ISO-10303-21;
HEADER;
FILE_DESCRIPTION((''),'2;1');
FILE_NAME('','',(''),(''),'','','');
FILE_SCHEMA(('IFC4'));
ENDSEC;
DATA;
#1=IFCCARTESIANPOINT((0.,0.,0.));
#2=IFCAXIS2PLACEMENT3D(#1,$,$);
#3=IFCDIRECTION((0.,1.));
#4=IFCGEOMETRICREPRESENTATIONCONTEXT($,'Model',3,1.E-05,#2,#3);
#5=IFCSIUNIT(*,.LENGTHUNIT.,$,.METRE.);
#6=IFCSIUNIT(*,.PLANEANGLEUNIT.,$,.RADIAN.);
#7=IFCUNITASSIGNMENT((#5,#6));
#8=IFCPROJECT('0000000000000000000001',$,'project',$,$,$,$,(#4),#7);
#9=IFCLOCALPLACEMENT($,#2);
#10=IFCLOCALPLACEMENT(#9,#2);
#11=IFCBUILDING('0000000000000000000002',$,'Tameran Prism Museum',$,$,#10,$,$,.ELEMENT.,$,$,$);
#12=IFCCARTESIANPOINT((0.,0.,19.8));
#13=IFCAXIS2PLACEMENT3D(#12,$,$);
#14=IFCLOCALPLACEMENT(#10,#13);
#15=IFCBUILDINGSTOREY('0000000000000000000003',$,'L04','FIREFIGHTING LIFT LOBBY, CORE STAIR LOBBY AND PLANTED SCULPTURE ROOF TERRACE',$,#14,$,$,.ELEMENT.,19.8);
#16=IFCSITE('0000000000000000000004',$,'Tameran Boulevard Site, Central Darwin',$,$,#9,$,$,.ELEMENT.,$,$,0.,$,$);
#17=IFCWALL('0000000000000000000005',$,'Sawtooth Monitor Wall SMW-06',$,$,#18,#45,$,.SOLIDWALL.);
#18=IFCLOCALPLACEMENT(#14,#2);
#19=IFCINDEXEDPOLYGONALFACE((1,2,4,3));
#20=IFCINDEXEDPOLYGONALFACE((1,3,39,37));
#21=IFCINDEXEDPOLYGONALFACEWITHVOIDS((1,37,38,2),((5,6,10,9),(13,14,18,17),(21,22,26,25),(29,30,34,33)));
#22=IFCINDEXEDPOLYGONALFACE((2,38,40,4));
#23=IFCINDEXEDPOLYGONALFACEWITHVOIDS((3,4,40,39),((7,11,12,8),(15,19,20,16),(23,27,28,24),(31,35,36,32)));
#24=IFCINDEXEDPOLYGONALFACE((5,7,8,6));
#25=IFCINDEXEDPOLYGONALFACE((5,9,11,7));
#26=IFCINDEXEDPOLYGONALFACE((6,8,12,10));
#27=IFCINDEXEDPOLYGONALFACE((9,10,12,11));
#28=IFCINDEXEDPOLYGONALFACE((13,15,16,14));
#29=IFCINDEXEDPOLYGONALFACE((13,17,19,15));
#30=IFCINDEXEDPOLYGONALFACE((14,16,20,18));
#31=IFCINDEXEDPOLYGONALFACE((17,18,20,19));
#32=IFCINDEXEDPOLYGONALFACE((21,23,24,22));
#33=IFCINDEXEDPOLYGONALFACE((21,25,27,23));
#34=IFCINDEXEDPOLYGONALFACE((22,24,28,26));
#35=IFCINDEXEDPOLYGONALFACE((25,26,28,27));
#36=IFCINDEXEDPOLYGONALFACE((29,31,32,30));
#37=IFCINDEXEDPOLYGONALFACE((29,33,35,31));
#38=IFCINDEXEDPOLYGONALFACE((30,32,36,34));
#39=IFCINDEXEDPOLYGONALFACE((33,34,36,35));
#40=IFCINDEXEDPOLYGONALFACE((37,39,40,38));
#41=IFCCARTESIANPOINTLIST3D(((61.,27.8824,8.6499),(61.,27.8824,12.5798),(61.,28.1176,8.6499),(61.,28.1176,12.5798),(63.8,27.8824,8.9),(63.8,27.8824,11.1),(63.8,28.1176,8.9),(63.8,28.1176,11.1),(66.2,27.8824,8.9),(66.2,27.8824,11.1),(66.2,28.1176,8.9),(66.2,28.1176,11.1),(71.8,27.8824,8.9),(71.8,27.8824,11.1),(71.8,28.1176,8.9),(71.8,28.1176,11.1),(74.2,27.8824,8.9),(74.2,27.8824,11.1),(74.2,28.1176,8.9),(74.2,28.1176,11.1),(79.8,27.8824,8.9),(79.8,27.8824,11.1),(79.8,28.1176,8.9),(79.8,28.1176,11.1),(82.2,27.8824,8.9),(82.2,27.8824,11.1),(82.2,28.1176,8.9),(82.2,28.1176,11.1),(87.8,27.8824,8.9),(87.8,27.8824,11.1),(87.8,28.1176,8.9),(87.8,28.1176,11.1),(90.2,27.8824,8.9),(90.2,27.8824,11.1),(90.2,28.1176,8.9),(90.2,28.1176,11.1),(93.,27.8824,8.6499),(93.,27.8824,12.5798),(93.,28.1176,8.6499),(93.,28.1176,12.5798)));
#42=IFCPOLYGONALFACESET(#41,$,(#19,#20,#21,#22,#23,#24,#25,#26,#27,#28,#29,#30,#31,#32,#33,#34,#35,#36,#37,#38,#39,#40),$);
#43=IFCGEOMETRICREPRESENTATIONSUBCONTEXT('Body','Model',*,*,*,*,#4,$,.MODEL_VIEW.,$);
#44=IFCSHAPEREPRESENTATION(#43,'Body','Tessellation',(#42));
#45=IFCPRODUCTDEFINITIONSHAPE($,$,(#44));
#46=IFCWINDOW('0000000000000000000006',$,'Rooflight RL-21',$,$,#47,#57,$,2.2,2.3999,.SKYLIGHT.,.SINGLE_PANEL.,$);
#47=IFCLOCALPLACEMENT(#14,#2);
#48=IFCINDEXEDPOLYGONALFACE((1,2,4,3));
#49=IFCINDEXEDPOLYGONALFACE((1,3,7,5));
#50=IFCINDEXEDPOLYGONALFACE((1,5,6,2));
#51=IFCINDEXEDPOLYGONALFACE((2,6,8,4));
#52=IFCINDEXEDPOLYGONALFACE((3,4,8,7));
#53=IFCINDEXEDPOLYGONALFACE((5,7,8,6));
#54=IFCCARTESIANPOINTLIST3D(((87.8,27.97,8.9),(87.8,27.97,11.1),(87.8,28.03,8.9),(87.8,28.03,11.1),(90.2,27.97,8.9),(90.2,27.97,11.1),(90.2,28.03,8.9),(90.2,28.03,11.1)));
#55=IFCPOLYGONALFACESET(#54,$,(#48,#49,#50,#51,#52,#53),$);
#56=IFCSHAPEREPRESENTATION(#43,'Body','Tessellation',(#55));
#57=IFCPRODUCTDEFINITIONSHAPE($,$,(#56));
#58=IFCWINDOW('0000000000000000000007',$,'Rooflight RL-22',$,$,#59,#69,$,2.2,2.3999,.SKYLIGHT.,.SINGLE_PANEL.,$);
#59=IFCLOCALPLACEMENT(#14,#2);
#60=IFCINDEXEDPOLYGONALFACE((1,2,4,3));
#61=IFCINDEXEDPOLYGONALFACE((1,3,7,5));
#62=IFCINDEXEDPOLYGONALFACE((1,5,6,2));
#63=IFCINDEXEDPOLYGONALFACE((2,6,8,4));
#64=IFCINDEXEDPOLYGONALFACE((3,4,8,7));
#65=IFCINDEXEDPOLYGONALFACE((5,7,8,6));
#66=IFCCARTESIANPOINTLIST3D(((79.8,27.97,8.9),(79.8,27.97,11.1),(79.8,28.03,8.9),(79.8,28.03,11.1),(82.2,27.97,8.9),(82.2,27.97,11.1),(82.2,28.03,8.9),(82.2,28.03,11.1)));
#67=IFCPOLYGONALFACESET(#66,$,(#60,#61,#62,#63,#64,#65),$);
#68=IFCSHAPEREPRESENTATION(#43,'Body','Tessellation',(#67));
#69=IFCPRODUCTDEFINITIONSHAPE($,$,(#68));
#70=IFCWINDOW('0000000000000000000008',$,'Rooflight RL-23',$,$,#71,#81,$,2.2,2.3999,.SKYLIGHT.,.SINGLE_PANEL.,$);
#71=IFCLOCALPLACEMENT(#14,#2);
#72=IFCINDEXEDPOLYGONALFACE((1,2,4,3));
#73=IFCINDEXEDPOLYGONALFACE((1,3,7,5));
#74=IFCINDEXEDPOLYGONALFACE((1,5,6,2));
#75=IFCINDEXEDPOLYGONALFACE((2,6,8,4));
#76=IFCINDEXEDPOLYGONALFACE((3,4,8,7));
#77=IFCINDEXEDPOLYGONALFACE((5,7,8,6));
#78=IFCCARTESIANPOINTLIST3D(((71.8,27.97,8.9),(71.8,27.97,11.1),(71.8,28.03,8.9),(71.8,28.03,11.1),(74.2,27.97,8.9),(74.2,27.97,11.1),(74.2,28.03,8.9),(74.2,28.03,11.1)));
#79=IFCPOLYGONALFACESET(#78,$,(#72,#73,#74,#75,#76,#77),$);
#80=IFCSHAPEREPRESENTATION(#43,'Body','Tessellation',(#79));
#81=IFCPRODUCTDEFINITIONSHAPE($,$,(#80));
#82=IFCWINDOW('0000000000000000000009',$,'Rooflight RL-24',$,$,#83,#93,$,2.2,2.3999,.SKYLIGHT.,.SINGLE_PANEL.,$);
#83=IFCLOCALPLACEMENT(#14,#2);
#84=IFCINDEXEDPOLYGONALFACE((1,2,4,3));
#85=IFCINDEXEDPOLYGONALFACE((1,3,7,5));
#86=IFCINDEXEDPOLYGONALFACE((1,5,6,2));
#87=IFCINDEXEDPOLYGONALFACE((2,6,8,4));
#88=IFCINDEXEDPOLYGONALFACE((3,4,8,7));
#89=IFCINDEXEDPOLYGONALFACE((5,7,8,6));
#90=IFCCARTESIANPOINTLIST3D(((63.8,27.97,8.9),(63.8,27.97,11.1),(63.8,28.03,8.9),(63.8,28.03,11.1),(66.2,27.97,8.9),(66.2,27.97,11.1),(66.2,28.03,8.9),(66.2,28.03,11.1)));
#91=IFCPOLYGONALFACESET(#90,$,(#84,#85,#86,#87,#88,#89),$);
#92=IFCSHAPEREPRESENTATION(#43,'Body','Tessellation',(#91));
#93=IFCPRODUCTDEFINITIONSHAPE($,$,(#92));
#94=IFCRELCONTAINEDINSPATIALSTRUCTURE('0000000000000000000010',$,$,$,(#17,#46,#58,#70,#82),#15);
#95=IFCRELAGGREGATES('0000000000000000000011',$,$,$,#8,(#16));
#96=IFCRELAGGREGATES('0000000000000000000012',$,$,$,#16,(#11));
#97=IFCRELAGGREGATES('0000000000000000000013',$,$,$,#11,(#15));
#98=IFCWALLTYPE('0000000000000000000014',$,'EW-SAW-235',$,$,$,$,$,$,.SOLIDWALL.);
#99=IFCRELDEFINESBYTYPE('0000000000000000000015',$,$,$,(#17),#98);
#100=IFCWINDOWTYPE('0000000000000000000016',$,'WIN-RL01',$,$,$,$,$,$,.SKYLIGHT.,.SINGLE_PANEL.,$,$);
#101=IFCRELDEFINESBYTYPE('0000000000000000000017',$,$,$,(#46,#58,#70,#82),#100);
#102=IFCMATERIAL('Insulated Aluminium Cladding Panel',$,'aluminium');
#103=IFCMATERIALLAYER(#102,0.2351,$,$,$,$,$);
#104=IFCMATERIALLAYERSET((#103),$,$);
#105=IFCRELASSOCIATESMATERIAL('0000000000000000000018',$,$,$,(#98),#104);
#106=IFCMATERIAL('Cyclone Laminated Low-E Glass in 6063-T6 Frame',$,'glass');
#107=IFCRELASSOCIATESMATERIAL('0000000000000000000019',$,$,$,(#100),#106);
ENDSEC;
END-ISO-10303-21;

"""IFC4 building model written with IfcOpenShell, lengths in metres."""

from ifc_helpers import new_model, si_unit, direction, frame, frame_2d, origin, place, context, subcontext, project, spatial, rectangle, extrude, material, layer, layer_set, type_object, element, fill, save


model = new_model("IFC4")

# Units and contexts
model_context = context("Model", 3, precision=1e-05, world=origin(), true_north=direction((0.0, 1.0)))
body_context = subcontext(model_context, "Body", "Model", "MODEL_VIEW")
ifc_project = project(units=[si_unit("LENGTHUNIT", "METRE"), si_unit("PLANEANGLEUNIT", "RADIAN")], contexts=[model_context])

# Site, building, storey
site_placement = place(None, origin())
site = spatial("IfcSite", under=ifc_project, at=site_placement, Name="Tameran Boulevard Site, Central Darwin", CompositionType="ELEMENT", RefElevation=0.0)
building_placement = place(site_placement, origin())
building = spatial("IfcBuilding", under=site, at=building_placement, Name="Tameran Prism Museum", CompositionType="ELEMENT")
storey_placement = place(building_placement, frame((0.0, 0.0, 19.8)))
storey = spatial("IfcBuildingStorey", under=building, at=storey_placement, Name="L04", Description="FIREFIGHTING LIFT LOBBY, CORE STAIR LOBBY AND PLANTED SCULPTURE ROOF TERRACE", CompositionType="ELEMENT", Elevation=19.8)

# Wall, openings, windows
ifc_material_1 = material(Name="Insulated Aluminium Cladding Panel", Category="aluminium")
ifc_layer_1 = layer(ifc_material_1, 0.2351)
ifc_layer_set_1 = layer_set([ifc_layer_1])
wall_type = type_object("IfcWallType", Name="EW-SAW-235", PredefinedType="SOLIDWALL", material=ifc_layer_set_1)
wall_1_placement = place(storey_placement, frame((93.0, 28.0, 8.6499), z_axis=(0.0, 0.0, 1.0), x_axis=(-1.0, 0.0, 0.0)))
wall_1 = element("IfcWall", 1, at=wall_1_placement, inside=storey, type_object=wall_type, Name="Sawtooth Monitor Wall SMW-06", PredefinedType="SOLIDWALL", context=body_context, shape_type="SweptSolid", body=[
    extrude(rectangle(XDim=32.0, YDim=0.2351, at=frame_2d((16.0, 0.0))), origin(), (0.0, 0.0, 1.0), 3.9299),
])
opening_1_placement = place(wall_1_placement, frame((2.8, 0.0, 0.25)))
opening_1 = element("IfcOpeningElement", 2, at=opening_1_placement, cuts=wall_1, PredefinedType="OPENING", context=body_context, shape_type="SweptSolid", body=[
    extrude(rectangle(XDim=2.3999, YDim=2.2, at=frame_2d((1.2, 1.1001))), frame((0.0, 0.1274, 0.0), z_axis=(0.0, -1.0, 0.0), x_axis=(1.0, 0.0, 0.0)), (0.0, 0.0, 1.0), 0.2551),
])
opening_2_placement = place(wall_1_placement, frame((10.8, 0.0, 0.25)))
opening_2 = element("IfcOpeningElement", 3, at=opening_2_placement, cuts=wall_1, PredefinedType="OPENING", context=body_context, shape_type="SweptSolid", body=[
    extrude(rectangle(XDim=2.3999, YDim=2.2, at=frame_2d((1.2, 1.1001))), frame((0.0, 0.1274, 0.0), z_axis=(0.0, -1.0, 0.0), x_axis=(1.0, 0.0, 0.0)), (0.0, 0.0, 1.0), 0.2551),
])
opening_3_placement = place(wall_1_placement, frame((18.8, 0.0, 0.25)))
opening_3 = element("IfcOpeningElement", 4, at=opening_3_placement, cuts=wall_1, PredefinedType="OPENING", context=body_context, shape_type="SweptSolid", body=[
    extrude(rectangle(XDim=2.3999, YDim=2.2, at=frame_2d((1.2, 1.1001))), frame((0.0, 0.1274, 0.0), z_axis=(0.0, -1.0, 0.0), x_axis=(1.0, 0.0, 0.0)), (0.0, 0.0, 1.0), 0.2551),
])
opening_4_placement = place(wall_1_placement, frame((26.8, 0.0, 0.25)))
opening_4 = element("IfcOpeningElement", 5, at=opening_4_placement, cuts=wall_1, PredefinedType="OPENING", context=body_context, shape_type="SweptSolid", body=[
    extrude(rectangle(XDim=2.3999, YDim=2.2, at=frame_2d((1.2, 1.1001))), frame((0.0, 0.1274, 0.0), z_axis=(0.0, -1.0, 0.0), x_axis=(1.0, 0.0, 0.0)), (0.0, 0.0, 1.0), 0.2551),
])
ifc_material_2 = material(Name="Cyclone Laminated Low-E Glass in 6063-T6 Frame", Category="glass")
window_type_1 = type_object("IfcWindowType", Name="WIN-RL01", PartitioningType="SINGLE_PANEL", PredefinedType="SKYLIGHT", material=ifc_material_2)
window_1_placement = place(opening_1_placement, origin())
window_1 = element("IfcWindow", 6, at=window_1_placement, inside=storey, type_object=window_type_1, Name="Rooflight RL-21", OverallHeight=2.2, OverallWidth=2.3999, PartitioningType="SINGLE_PANEL", PredefinedType="SKYLIGHT", context=body_context, shape_type="SweptSolid", body=[
    extrude(rectangle(XDim=2.3999, YDim=2.2, at=frame_2d((1.2, 1.1001))), frame((0.0, 0.03, 0.0), z_axis=(0.0, -1.0, 0.0), x_axis=(1.0, 0.0, 0.0)), (0.0, 0.0, 1.0), 0.0601),
])
fill(opening_1, window_1)
window_2_placement = place(opening_2_placement, origin())
window_2 = element("IfcWindow", 7, at=window_2_placement, inside=storey, type_object=window_type_1, Name="Rooflight RL-22", OverallHeight=2.2, OverallWidth=2.3999, PartitioningType="SINGLE_PANEL", PredefinedType="SKYLIGHT", context=body_context, shape_type="SweptSolid", body=[
    extrude(rectangle(XDim=2.3999, YDim=2.2, at=frame_2d((1.2, 1.1001))), frame((0.0, 0.03, 0.0), z_axis=(0.0, -1.0, 0.0), x_axis=(1.0, 0.0, 0.0)), (0.0, 0.0, 1.0), 0.0601),
])
fill(opening_2, window_2)
window_3_placement = place(opening_3_placement, origin())
window_3 = element("IfcWindow", 8, at=window_3_placement, inside=storey, type_object=window_type_1, Name="Rooflight RL-23", OverallHeight=2.2, OverallWidth=2.3999, PartitioningType="SINGLE_PANEL", PredefinedType="SKYLIGHT", context=body_context, shape_type="SweptSolid", body=[
    extrude(rectangle(XDim=2.3999, YDim=2.2, at=frame_2d((1.2, 1.1001))), frame((0.0, 0.03, 0.0), z_axis=(0.0, -1.0, 0.0), x_axis=(1.0, 0.0, 0.0)), (0.0, 0.0, 1.0), 0.0601),
])
fill(opening_3, window_3)
window_4_placement = place(opening_4_placement, origin())
window_4 = element("IfcWindow", 9, at=window_4_placement, inside=storey, type_object=window_type_1, Name="Rooflight RL-24", OverallHeight=2.2, OverallWidth=2.3999, PartitioningType="SINGLE_PANEL", PredefinedType="SKYLIGHT", context=body_context, shape_type="SweptSolid", body=[
    extrude(rectangle(XDim=2.3999, YDim=2.2, at=frame_2d((1.2, 1.1001))), frame((0.0, 0.03, 0.0), z_axis=(0.0, -1.0, 0.0), x_axis=(1.0, 0.0, 0.0)), (0.0, 0.0, 1.0), 0.0601),
])
fill(opening_4, window_4)

save(model, "model.ifc")
